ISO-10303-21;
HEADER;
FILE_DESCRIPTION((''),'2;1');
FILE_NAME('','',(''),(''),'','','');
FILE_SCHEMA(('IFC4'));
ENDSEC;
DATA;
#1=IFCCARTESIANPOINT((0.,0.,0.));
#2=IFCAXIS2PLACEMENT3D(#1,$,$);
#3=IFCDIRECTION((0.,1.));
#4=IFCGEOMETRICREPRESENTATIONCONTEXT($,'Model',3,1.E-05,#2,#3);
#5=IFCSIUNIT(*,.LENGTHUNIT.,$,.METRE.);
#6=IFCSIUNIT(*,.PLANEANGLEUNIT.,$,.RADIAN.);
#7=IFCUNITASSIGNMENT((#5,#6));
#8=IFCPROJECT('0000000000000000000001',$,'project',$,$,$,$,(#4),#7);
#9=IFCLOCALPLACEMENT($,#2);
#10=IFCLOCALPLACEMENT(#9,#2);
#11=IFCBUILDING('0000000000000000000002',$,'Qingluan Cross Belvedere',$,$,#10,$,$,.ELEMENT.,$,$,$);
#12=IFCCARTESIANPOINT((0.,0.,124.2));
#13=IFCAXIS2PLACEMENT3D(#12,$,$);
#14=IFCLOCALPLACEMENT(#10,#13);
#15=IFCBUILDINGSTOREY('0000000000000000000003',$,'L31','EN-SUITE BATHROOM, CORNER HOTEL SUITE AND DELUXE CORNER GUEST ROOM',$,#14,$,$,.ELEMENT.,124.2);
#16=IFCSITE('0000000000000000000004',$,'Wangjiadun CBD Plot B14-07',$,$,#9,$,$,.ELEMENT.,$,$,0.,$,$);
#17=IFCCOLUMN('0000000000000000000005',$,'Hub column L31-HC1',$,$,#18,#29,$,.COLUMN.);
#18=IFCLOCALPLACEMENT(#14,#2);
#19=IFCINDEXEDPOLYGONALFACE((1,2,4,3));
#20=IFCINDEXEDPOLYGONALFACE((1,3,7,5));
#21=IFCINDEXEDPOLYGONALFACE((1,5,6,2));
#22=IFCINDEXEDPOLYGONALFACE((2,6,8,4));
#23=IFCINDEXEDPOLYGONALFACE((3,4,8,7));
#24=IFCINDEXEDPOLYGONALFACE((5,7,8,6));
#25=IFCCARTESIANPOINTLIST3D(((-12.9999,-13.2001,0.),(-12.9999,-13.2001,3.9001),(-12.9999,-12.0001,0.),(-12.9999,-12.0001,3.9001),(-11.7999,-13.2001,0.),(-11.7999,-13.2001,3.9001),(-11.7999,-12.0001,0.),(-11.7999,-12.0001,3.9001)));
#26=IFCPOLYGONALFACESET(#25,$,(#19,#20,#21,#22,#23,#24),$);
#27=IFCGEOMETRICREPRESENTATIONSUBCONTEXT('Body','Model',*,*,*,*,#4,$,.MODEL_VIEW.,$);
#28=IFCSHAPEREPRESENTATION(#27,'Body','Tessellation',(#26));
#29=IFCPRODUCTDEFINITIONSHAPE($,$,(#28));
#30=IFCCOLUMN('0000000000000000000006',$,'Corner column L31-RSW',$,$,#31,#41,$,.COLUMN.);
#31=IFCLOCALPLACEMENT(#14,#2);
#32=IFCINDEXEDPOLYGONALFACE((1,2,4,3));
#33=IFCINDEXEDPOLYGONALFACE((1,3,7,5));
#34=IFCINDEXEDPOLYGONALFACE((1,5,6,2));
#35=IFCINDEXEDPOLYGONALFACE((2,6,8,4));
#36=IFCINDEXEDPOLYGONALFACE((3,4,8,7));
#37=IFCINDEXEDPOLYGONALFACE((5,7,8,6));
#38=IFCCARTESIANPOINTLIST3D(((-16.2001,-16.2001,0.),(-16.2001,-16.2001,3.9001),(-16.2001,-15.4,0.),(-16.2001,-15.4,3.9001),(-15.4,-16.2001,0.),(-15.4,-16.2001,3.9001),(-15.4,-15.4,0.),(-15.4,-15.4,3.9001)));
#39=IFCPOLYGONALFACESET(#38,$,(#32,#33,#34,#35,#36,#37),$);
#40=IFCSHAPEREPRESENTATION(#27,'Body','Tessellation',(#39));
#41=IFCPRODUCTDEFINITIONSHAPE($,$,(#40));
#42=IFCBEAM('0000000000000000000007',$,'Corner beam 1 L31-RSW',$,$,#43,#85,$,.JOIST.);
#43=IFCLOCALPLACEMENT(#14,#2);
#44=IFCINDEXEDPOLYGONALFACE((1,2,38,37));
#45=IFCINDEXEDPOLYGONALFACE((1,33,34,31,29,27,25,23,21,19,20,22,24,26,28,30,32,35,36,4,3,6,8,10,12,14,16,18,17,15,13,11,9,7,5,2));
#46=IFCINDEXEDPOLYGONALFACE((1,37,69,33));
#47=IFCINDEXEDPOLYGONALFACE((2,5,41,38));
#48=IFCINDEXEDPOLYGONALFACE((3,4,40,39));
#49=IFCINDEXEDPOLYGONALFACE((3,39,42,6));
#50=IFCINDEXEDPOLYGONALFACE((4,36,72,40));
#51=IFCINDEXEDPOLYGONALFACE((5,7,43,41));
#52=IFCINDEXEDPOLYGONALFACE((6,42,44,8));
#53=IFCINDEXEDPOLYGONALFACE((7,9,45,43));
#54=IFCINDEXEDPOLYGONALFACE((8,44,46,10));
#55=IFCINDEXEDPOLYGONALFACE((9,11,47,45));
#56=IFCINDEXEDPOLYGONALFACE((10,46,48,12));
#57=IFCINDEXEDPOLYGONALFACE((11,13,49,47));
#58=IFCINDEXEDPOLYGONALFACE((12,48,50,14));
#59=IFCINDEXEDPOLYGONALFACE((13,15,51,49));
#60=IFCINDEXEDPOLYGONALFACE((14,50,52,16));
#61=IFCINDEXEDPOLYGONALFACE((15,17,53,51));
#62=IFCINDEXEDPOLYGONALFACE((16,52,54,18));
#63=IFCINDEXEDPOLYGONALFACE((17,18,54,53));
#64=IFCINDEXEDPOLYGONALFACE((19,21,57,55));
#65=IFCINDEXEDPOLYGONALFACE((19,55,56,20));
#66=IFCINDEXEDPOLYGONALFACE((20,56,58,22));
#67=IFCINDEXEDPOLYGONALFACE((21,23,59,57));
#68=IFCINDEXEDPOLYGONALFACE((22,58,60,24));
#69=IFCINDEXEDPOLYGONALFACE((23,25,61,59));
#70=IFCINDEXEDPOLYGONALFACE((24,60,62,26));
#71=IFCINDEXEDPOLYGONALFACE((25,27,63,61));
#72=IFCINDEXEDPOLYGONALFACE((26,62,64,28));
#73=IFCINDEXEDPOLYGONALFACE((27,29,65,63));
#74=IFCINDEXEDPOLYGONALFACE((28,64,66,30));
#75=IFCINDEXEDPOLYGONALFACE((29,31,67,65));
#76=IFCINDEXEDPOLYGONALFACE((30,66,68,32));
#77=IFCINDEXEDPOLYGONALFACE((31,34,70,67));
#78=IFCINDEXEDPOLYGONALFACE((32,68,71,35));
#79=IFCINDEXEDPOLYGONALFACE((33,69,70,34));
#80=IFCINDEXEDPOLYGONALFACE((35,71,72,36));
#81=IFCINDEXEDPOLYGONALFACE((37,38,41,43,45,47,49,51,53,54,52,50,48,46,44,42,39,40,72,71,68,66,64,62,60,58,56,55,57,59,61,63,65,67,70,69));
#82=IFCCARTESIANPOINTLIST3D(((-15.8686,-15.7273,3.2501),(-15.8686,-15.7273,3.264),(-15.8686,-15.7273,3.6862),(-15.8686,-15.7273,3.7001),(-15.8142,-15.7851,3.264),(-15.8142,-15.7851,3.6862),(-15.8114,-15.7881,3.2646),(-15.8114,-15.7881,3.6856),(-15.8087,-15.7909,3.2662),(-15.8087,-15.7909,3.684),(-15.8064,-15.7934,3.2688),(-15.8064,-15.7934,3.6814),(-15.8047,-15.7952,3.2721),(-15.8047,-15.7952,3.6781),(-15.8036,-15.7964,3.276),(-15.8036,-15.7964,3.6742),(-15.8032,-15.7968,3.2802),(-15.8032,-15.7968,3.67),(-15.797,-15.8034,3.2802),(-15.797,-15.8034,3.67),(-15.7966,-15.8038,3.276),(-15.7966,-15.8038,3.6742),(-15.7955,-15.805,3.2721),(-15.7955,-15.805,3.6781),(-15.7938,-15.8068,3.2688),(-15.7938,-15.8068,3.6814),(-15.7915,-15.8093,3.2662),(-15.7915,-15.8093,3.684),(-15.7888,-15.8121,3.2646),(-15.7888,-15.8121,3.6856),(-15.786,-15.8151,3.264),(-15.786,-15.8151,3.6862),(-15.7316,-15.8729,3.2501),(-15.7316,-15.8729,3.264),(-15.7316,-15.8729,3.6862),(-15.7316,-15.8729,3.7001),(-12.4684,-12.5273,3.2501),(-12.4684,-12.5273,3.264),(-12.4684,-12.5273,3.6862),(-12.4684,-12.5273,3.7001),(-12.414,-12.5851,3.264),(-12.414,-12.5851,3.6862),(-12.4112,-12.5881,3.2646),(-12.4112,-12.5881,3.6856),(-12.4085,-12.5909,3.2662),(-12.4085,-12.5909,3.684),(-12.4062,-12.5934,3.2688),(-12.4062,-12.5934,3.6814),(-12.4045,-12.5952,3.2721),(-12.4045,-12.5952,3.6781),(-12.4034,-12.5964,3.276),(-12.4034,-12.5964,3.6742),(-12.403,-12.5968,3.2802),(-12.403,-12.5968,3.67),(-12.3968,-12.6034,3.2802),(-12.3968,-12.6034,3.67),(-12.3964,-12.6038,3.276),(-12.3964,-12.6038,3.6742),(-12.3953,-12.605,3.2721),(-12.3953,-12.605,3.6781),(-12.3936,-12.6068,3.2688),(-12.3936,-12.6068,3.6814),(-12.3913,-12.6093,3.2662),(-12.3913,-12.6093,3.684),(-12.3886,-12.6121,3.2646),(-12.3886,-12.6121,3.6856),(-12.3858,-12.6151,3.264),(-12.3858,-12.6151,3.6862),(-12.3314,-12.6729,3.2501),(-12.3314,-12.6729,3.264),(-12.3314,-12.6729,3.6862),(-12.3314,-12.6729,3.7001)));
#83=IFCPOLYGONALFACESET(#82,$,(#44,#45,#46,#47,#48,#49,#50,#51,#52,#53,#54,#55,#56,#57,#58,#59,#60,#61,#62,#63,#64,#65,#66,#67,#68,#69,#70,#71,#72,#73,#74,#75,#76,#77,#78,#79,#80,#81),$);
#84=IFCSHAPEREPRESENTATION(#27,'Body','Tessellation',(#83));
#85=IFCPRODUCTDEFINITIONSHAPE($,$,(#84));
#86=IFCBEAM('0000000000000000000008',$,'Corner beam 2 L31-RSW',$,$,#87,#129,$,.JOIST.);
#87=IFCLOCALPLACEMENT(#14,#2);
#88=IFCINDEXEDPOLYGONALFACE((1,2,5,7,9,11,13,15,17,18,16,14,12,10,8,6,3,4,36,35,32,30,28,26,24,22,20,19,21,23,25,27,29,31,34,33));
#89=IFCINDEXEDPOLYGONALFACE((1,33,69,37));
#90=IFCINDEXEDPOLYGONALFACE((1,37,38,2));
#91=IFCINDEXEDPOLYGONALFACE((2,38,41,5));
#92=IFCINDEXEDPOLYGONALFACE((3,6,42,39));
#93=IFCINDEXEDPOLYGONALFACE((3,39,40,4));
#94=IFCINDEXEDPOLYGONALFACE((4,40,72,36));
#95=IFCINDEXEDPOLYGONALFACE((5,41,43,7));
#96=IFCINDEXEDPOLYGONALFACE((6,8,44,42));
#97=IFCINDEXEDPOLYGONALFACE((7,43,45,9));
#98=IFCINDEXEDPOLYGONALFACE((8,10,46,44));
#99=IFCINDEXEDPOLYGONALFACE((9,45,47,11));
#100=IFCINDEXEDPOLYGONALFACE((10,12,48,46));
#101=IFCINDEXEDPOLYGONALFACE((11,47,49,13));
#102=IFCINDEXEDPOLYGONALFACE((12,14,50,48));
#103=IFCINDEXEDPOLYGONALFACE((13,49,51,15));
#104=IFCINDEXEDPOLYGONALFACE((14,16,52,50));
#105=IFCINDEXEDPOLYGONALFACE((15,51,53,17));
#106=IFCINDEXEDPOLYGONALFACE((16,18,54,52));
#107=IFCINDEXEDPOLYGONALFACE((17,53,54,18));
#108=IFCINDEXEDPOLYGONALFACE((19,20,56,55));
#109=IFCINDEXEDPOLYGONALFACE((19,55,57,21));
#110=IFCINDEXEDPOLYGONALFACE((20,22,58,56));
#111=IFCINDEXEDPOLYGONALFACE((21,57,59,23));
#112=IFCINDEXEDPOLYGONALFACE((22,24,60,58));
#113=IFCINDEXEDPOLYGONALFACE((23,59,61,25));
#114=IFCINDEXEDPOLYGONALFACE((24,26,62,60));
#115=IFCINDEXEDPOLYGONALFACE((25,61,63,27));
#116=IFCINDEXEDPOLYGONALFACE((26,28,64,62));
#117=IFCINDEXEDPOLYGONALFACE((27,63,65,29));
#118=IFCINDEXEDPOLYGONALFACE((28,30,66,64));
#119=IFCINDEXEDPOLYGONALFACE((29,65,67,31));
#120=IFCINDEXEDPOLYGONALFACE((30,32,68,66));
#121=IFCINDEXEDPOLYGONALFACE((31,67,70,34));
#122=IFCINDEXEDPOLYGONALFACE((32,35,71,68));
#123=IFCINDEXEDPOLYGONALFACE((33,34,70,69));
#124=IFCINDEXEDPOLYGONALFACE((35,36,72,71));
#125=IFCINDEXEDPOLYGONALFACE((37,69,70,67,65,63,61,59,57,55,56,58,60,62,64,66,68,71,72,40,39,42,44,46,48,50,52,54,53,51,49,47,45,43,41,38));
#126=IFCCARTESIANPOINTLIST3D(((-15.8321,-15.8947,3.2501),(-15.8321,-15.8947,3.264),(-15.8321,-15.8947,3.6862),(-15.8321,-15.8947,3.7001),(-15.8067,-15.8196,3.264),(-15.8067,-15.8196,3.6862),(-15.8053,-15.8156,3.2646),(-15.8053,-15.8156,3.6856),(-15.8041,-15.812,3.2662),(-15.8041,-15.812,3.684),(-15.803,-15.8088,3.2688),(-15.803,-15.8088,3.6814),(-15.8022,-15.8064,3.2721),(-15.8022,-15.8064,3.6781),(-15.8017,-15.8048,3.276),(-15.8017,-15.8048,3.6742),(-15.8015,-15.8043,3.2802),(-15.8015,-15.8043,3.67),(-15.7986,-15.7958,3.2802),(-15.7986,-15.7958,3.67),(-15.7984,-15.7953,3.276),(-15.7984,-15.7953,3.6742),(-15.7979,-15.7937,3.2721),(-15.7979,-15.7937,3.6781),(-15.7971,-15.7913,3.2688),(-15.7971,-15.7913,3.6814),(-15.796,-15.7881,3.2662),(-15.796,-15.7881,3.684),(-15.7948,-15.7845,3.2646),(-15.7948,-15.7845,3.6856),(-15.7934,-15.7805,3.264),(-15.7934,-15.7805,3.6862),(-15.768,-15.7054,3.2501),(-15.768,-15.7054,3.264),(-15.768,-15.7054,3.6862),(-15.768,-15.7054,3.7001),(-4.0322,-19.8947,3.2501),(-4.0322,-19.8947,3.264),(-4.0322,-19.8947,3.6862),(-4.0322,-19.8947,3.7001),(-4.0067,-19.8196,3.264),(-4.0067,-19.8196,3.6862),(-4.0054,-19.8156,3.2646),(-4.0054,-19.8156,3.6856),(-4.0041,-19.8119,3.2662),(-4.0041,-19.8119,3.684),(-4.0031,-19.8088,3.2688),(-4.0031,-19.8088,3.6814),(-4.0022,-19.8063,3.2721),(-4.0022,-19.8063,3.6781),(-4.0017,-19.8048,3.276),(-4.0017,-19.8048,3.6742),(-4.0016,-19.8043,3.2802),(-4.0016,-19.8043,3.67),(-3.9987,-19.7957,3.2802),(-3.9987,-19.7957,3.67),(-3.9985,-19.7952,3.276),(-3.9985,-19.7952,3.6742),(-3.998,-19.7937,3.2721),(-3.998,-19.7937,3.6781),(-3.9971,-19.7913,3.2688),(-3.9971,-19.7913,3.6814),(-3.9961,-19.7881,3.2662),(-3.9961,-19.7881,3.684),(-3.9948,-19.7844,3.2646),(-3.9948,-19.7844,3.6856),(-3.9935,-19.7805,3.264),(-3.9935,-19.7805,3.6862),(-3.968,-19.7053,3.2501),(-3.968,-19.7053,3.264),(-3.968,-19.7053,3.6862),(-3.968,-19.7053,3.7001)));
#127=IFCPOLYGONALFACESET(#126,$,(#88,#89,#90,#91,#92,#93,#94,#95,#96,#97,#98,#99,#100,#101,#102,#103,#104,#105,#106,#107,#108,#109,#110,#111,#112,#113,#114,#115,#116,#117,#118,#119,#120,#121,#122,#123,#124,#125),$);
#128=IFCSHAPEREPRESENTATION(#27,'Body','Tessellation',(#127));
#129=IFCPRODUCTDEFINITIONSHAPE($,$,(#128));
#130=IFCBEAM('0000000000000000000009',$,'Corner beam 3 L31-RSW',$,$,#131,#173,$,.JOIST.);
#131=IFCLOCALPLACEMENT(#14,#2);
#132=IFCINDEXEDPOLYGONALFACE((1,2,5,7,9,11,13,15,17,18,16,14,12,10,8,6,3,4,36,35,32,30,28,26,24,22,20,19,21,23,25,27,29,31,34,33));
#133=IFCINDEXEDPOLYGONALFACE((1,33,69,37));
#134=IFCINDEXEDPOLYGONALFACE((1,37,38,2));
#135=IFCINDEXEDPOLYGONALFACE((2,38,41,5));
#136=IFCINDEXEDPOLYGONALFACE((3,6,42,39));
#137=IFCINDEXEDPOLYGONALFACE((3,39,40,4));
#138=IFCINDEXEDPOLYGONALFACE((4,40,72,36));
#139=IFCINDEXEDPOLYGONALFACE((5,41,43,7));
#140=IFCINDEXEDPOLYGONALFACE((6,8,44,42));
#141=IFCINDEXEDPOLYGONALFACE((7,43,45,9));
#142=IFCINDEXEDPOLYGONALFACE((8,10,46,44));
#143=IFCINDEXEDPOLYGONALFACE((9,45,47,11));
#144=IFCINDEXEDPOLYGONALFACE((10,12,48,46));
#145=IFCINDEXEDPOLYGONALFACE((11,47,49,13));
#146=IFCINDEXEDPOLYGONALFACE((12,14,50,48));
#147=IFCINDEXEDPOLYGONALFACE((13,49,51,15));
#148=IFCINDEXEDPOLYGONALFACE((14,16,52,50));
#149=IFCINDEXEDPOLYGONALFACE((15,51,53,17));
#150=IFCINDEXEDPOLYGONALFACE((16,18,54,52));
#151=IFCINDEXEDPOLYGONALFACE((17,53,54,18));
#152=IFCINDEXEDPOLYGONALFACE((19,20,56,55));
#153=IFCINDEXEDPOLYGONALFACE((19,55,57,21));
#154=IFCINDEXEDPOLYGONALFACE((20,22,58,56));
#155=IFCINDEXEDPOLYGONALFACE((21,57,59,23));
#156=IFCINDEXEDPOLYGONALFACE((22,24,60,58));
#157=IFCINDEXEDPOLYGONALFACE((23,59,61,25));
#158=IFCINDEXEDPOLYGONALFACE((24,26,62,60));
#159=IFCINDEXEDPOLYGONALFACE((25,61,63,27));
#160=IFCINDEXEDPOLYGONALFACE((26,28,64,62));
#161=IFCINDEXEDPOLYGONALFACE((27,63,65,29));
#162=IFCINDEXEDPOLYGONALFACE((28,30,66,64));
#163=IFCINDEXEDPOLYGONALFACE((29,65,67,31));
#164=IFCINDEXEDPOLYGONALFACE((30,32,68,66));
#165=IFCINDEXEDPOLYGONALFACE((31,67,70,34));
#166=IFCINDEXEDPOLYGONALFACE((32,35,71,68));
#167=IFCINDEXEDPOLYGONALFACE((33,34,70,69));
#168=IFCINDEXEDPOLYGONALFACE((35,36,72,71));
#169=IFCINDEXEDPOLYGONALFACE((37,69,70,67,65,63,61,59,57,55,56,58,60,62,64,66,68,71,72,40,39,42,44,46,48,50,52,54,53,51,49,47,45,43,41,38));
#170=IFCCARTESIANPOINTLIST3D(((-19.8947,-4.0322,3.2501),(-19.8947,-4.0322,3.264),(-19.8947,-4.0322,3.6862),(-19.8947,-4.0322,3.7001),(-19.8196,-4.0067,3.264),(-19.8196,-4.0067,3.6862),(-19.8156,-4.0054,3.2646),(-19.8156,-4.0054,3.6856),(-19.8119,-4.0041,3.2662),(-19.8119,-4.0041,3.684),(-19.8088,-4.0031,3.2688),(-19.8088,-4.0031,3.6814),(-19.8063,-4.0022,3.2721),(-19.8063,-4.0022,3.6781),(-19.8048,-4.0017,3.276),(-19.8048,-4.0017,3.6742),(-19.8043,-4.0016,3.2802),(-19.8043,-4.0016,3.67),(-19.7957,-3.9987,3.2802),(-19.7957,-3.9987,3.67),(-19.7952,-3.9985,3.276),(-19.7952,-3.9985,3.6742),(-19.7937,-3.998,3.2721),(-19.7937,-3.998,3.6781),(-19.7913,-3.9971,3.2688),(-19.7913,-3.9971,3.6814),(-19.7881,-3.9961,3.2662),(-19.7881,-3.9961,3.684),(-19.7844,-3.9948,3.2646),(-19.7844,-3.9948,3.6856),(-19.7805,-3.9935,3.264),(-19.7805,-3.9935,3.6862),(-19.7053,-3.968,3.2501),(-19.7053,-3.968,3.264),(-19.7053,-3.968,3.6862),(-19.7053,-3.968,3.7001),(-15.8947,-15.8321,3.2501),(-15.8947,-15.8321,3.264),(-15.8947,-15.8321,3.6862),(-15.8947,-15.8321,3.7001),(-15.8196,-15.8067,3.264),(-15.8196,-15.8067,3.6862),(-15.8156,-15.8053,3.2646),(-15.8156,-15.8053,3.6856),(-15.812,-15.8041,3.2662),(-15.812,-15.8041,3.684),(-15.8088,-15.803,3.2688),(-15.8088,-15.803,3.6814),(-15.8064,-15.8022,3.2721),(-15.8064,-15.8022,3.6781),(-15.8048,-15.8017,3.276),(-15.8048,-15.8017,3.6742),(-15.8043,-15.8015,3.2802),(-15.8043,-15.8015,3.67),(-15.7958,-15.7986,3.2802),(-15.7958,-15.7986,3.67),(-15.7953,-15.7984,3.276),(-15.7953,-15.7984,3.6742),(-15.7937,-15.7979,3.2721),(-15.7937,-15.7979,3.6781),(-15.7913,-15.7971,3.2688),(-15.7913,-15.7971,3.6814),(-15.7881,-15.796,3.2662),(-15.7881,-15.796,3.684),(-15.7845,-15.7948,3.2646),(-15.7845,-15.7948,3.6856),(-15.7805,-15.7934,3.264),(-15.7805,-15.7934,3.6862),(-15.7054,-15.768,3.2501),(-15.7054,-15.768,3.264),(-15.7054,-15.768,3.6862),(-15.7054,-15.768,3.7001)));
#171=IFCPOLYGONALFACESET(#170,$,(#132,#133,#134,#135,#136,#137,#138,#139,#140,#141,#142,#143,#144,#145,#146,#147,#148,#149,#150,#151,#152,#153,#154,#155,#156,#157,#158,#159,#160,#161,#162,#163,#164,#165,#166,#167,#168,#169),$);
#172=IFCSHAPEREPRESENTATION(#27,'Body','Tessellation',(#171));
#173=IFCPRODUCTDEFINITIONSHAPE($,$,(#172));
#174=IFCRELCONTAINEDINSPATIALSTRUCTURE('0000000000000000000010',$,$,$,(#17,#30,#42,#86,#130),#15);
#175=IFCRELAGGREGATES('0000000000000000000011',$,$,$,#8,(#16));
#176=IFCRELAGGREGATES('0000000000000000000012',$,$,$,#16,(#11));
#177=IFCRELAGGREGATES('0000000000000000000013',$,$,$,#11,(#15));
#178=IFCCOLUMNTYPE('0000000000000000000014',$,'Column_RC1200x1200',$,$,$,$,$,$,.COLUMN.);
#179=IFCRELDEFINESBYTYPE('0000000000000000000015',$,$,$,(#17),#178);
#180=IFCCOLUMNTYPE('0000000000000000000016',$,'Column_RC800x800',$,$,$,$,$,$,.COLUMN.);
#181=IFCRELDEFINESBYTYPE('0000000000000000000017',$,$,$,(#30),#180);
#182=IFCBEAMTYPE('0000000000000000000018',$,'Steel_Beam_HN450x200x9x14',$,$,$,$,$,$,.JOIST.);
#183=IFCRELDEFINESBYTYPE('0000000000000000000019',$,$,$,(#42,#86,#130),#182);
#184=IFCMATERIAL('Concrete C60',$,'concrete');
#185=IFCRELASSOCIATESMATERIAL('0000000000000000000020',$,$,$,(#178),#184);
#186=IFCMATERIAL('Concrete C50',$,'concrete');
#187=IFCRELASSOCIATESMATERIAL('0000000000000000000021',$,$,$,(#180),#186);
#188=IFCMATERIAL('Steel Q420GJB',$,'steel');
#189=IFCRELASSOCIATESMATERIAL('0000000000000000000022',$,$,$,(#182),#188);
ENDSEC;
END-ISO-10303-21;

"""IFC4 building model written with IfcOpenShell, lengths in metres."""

from ifc_helpers import new_model, si_unit, direction, frame, origin, origin_2d, place, context, subcontext, project, spatial, rectangle, i_section, extrude, material, material_profile, profile_set, type_object, element, save


model = new_model("IFC4")

# Units and contexts
model_context = context("Model", 3, precision=1e-05, world=origin(), true_north=direction((0.0, 1.0)))
body_context = subcontext(model_context, "Body", "Model", "MODEL_VIEW")
ifc_project = project(units=[si_unit("LENGTHUNIT", "METRE"), si_unit("PLANEANGLEUNIT", "RADIAN")], contexts=[model_context])

# Site, building, storey
site_placement = place(None, origin())
site = spatial("IfcSite", under=ifc_project, at=site_placement, Name="Wangjiadun CBD Plot B14-07", CompositionType="ELEMENT", RefElevation=0.0)
building_placement = place(site_placement, origin())
building = spatial("IfcBuilding", under=site, at=building_placement, Name="Qingluan Cross Belvedere", CompositionType="ELEMENT")
storey_placement = place(building_placement, frame((0.0, 0.0, 124.2)))
storey = spatial("IfcBuildingStorey", under=building, at=storey_placement, Name="L31", Description="EN-SUITE BATHROOM, CORNER HOTEL SUITE AND DELUXE CORNER GUEST ROOM", CompositionType="ELEMENT", Elevation=124.2)

# Columns
ifc_material_1 = material(Name="Concrete C60", Category="concrete")
ifc_material_profile_1 = material_profile(ifc_material_1, rectangle(XDim=1.2, YDim=1.2, at=origin_2d()), Name="RC1200x1200")
ifc_profile_set_1 = profile_set([ifc_material_profile_1], Name="Concrete C60")
column_type_1 = type_object("IfcColumnType", Name="Column_RC1200x1200", PredefinedType="COLUMN", material=ifc_profile_set_1)
column_1_placement = place(storey_placement, frame((-12.3999, -12.6001, 0.0), z_axis=(0.0, 0.0, 1.0), x_axis=(1.0, 0.0, 0.0)))
element("IfcColumn", 1, at=column_1_placement, inside=storey, type_object=column_type_1, Name="Hub column L31-HC1", PredefinedType="COLUMN", context=body_context, shape_type="SweptSolid", body=[
    extrude(rectangle(XDim=1.2, YDim=1.2, at=origin_2d()), origin(), (0.0, 0.0, 1.0), 3.9001),
])
ifc_material_2 = material(Name="Concrete C50", Category="concrete")
ifc_material_profile_2 = material_profile(ifc_material_2, rectangle(XDim=0.8, YDim=0.8, at=origin_2d()), Name="RC800x800")
ifc_profile_set_2 = profile_set([ifc_material_profile_2], Name="Concrete C50")
column_type_2 = type_object("IfcColumnType", Name="Column_RC800x800", PredefinedType="COLUMN", material=ifc_profile_set_2)
column_2_placement = place(storey_placement, frame((-15.8, -15.8, 0.0), z_axis=(0.0, 0.0, 1.0), x_axis=(1.0, 0.0, 0.0)))
element("IfcColumn", 2, at=column_2_placement, inside=storey, type_object=column_type_2, Name="Corner column L31-RSW", PredefinedType="COLUMN", context=body_context, shape_type="SweptSolid", body=[
    extrude(rectangle(XDim=0.8, YDim=0.8, at=origin_2d()), origin(), (0.0, 0.0, 1.0), 3.9001),
])

# Beams
ifc_material_3 = material(Name="Steel Q420GJB", Category="steel")
ifc_material_profile_3 = material_profile(ifc_material_3, i_section(OverallWidth=0.2, OverallDepth=0.45, WebThickness=0.009, FlangeThickness=0.0139, FilletRadius=0.0161, at=origin_2d()), Name="HN450x200x9x14")
ifc_profile_set_3 = profile_set([ifc_material_profile_3], Name="Steel Q420GJB")
beam_type_1 = type_object("IfcBeamType", Name="Steel_Beam_HN450x200x9x14", PredefinedType="JOIST", material=ifc_profile_set_3)
beam_1_placement = place(storey_placement, frame((-12.3999, -12.6001, 3.4751), z_axis=(-0.72822, -0.685343, 0.0), x_axis=(0.685343, -0.72822, 0.0)))
element("IfcBeam", 3, at=beam_1_placement, inside=storey, type_object=beam_type_1, Name="Corner beam 1 L31-RSW", PredefinedType="JOIST", context=body_context, shape_type="SweptSolid", body=[
    extrude(i_section(OverallWidth=0.2, OverallDepth=0.45, WebThickness=0.009, FlangeThickness=0.0139, FilletRadius=0.0161, at=origin_2d()), origin(), (0.0, 0.0, 1.0), 4.6692),
])
for number, where, z_axis, x_axis, name in (
    (4, (-15.8, -15.8, 3.4751), (0.947066, -0.321038, 0.0), (0.321038, 0.947066, 0.0), "Corner beam 2 L31-RSW"),
    (5, (-15.8, -15.8, 3.4751), (-0.321038, 0.947066, 0.0), (-0.947066, -0.321038, 0.0), "Corner beam 3 L31-RSW"),
):
    element("IfcBeam", number, at=place(storey_placement, frame(where, z_axis=z_axis, x_axis=x_axis)), inside=storey, type_object=beam_type_1, Name=name, PredefinedType="JOIST", context=body_context, shape_type="SweptSolid", body=[
        extrude(i_section(OverallWidth=0.2, OverallDepth=0.45, WebThickness=0.009, FlangeThickness=0.0139, FilletRadius=0.0161, at=origin_2d()), origin(), (0.0, 0.0, 1.0), 12.4595),
    ])

save(model, "model.ifc")
